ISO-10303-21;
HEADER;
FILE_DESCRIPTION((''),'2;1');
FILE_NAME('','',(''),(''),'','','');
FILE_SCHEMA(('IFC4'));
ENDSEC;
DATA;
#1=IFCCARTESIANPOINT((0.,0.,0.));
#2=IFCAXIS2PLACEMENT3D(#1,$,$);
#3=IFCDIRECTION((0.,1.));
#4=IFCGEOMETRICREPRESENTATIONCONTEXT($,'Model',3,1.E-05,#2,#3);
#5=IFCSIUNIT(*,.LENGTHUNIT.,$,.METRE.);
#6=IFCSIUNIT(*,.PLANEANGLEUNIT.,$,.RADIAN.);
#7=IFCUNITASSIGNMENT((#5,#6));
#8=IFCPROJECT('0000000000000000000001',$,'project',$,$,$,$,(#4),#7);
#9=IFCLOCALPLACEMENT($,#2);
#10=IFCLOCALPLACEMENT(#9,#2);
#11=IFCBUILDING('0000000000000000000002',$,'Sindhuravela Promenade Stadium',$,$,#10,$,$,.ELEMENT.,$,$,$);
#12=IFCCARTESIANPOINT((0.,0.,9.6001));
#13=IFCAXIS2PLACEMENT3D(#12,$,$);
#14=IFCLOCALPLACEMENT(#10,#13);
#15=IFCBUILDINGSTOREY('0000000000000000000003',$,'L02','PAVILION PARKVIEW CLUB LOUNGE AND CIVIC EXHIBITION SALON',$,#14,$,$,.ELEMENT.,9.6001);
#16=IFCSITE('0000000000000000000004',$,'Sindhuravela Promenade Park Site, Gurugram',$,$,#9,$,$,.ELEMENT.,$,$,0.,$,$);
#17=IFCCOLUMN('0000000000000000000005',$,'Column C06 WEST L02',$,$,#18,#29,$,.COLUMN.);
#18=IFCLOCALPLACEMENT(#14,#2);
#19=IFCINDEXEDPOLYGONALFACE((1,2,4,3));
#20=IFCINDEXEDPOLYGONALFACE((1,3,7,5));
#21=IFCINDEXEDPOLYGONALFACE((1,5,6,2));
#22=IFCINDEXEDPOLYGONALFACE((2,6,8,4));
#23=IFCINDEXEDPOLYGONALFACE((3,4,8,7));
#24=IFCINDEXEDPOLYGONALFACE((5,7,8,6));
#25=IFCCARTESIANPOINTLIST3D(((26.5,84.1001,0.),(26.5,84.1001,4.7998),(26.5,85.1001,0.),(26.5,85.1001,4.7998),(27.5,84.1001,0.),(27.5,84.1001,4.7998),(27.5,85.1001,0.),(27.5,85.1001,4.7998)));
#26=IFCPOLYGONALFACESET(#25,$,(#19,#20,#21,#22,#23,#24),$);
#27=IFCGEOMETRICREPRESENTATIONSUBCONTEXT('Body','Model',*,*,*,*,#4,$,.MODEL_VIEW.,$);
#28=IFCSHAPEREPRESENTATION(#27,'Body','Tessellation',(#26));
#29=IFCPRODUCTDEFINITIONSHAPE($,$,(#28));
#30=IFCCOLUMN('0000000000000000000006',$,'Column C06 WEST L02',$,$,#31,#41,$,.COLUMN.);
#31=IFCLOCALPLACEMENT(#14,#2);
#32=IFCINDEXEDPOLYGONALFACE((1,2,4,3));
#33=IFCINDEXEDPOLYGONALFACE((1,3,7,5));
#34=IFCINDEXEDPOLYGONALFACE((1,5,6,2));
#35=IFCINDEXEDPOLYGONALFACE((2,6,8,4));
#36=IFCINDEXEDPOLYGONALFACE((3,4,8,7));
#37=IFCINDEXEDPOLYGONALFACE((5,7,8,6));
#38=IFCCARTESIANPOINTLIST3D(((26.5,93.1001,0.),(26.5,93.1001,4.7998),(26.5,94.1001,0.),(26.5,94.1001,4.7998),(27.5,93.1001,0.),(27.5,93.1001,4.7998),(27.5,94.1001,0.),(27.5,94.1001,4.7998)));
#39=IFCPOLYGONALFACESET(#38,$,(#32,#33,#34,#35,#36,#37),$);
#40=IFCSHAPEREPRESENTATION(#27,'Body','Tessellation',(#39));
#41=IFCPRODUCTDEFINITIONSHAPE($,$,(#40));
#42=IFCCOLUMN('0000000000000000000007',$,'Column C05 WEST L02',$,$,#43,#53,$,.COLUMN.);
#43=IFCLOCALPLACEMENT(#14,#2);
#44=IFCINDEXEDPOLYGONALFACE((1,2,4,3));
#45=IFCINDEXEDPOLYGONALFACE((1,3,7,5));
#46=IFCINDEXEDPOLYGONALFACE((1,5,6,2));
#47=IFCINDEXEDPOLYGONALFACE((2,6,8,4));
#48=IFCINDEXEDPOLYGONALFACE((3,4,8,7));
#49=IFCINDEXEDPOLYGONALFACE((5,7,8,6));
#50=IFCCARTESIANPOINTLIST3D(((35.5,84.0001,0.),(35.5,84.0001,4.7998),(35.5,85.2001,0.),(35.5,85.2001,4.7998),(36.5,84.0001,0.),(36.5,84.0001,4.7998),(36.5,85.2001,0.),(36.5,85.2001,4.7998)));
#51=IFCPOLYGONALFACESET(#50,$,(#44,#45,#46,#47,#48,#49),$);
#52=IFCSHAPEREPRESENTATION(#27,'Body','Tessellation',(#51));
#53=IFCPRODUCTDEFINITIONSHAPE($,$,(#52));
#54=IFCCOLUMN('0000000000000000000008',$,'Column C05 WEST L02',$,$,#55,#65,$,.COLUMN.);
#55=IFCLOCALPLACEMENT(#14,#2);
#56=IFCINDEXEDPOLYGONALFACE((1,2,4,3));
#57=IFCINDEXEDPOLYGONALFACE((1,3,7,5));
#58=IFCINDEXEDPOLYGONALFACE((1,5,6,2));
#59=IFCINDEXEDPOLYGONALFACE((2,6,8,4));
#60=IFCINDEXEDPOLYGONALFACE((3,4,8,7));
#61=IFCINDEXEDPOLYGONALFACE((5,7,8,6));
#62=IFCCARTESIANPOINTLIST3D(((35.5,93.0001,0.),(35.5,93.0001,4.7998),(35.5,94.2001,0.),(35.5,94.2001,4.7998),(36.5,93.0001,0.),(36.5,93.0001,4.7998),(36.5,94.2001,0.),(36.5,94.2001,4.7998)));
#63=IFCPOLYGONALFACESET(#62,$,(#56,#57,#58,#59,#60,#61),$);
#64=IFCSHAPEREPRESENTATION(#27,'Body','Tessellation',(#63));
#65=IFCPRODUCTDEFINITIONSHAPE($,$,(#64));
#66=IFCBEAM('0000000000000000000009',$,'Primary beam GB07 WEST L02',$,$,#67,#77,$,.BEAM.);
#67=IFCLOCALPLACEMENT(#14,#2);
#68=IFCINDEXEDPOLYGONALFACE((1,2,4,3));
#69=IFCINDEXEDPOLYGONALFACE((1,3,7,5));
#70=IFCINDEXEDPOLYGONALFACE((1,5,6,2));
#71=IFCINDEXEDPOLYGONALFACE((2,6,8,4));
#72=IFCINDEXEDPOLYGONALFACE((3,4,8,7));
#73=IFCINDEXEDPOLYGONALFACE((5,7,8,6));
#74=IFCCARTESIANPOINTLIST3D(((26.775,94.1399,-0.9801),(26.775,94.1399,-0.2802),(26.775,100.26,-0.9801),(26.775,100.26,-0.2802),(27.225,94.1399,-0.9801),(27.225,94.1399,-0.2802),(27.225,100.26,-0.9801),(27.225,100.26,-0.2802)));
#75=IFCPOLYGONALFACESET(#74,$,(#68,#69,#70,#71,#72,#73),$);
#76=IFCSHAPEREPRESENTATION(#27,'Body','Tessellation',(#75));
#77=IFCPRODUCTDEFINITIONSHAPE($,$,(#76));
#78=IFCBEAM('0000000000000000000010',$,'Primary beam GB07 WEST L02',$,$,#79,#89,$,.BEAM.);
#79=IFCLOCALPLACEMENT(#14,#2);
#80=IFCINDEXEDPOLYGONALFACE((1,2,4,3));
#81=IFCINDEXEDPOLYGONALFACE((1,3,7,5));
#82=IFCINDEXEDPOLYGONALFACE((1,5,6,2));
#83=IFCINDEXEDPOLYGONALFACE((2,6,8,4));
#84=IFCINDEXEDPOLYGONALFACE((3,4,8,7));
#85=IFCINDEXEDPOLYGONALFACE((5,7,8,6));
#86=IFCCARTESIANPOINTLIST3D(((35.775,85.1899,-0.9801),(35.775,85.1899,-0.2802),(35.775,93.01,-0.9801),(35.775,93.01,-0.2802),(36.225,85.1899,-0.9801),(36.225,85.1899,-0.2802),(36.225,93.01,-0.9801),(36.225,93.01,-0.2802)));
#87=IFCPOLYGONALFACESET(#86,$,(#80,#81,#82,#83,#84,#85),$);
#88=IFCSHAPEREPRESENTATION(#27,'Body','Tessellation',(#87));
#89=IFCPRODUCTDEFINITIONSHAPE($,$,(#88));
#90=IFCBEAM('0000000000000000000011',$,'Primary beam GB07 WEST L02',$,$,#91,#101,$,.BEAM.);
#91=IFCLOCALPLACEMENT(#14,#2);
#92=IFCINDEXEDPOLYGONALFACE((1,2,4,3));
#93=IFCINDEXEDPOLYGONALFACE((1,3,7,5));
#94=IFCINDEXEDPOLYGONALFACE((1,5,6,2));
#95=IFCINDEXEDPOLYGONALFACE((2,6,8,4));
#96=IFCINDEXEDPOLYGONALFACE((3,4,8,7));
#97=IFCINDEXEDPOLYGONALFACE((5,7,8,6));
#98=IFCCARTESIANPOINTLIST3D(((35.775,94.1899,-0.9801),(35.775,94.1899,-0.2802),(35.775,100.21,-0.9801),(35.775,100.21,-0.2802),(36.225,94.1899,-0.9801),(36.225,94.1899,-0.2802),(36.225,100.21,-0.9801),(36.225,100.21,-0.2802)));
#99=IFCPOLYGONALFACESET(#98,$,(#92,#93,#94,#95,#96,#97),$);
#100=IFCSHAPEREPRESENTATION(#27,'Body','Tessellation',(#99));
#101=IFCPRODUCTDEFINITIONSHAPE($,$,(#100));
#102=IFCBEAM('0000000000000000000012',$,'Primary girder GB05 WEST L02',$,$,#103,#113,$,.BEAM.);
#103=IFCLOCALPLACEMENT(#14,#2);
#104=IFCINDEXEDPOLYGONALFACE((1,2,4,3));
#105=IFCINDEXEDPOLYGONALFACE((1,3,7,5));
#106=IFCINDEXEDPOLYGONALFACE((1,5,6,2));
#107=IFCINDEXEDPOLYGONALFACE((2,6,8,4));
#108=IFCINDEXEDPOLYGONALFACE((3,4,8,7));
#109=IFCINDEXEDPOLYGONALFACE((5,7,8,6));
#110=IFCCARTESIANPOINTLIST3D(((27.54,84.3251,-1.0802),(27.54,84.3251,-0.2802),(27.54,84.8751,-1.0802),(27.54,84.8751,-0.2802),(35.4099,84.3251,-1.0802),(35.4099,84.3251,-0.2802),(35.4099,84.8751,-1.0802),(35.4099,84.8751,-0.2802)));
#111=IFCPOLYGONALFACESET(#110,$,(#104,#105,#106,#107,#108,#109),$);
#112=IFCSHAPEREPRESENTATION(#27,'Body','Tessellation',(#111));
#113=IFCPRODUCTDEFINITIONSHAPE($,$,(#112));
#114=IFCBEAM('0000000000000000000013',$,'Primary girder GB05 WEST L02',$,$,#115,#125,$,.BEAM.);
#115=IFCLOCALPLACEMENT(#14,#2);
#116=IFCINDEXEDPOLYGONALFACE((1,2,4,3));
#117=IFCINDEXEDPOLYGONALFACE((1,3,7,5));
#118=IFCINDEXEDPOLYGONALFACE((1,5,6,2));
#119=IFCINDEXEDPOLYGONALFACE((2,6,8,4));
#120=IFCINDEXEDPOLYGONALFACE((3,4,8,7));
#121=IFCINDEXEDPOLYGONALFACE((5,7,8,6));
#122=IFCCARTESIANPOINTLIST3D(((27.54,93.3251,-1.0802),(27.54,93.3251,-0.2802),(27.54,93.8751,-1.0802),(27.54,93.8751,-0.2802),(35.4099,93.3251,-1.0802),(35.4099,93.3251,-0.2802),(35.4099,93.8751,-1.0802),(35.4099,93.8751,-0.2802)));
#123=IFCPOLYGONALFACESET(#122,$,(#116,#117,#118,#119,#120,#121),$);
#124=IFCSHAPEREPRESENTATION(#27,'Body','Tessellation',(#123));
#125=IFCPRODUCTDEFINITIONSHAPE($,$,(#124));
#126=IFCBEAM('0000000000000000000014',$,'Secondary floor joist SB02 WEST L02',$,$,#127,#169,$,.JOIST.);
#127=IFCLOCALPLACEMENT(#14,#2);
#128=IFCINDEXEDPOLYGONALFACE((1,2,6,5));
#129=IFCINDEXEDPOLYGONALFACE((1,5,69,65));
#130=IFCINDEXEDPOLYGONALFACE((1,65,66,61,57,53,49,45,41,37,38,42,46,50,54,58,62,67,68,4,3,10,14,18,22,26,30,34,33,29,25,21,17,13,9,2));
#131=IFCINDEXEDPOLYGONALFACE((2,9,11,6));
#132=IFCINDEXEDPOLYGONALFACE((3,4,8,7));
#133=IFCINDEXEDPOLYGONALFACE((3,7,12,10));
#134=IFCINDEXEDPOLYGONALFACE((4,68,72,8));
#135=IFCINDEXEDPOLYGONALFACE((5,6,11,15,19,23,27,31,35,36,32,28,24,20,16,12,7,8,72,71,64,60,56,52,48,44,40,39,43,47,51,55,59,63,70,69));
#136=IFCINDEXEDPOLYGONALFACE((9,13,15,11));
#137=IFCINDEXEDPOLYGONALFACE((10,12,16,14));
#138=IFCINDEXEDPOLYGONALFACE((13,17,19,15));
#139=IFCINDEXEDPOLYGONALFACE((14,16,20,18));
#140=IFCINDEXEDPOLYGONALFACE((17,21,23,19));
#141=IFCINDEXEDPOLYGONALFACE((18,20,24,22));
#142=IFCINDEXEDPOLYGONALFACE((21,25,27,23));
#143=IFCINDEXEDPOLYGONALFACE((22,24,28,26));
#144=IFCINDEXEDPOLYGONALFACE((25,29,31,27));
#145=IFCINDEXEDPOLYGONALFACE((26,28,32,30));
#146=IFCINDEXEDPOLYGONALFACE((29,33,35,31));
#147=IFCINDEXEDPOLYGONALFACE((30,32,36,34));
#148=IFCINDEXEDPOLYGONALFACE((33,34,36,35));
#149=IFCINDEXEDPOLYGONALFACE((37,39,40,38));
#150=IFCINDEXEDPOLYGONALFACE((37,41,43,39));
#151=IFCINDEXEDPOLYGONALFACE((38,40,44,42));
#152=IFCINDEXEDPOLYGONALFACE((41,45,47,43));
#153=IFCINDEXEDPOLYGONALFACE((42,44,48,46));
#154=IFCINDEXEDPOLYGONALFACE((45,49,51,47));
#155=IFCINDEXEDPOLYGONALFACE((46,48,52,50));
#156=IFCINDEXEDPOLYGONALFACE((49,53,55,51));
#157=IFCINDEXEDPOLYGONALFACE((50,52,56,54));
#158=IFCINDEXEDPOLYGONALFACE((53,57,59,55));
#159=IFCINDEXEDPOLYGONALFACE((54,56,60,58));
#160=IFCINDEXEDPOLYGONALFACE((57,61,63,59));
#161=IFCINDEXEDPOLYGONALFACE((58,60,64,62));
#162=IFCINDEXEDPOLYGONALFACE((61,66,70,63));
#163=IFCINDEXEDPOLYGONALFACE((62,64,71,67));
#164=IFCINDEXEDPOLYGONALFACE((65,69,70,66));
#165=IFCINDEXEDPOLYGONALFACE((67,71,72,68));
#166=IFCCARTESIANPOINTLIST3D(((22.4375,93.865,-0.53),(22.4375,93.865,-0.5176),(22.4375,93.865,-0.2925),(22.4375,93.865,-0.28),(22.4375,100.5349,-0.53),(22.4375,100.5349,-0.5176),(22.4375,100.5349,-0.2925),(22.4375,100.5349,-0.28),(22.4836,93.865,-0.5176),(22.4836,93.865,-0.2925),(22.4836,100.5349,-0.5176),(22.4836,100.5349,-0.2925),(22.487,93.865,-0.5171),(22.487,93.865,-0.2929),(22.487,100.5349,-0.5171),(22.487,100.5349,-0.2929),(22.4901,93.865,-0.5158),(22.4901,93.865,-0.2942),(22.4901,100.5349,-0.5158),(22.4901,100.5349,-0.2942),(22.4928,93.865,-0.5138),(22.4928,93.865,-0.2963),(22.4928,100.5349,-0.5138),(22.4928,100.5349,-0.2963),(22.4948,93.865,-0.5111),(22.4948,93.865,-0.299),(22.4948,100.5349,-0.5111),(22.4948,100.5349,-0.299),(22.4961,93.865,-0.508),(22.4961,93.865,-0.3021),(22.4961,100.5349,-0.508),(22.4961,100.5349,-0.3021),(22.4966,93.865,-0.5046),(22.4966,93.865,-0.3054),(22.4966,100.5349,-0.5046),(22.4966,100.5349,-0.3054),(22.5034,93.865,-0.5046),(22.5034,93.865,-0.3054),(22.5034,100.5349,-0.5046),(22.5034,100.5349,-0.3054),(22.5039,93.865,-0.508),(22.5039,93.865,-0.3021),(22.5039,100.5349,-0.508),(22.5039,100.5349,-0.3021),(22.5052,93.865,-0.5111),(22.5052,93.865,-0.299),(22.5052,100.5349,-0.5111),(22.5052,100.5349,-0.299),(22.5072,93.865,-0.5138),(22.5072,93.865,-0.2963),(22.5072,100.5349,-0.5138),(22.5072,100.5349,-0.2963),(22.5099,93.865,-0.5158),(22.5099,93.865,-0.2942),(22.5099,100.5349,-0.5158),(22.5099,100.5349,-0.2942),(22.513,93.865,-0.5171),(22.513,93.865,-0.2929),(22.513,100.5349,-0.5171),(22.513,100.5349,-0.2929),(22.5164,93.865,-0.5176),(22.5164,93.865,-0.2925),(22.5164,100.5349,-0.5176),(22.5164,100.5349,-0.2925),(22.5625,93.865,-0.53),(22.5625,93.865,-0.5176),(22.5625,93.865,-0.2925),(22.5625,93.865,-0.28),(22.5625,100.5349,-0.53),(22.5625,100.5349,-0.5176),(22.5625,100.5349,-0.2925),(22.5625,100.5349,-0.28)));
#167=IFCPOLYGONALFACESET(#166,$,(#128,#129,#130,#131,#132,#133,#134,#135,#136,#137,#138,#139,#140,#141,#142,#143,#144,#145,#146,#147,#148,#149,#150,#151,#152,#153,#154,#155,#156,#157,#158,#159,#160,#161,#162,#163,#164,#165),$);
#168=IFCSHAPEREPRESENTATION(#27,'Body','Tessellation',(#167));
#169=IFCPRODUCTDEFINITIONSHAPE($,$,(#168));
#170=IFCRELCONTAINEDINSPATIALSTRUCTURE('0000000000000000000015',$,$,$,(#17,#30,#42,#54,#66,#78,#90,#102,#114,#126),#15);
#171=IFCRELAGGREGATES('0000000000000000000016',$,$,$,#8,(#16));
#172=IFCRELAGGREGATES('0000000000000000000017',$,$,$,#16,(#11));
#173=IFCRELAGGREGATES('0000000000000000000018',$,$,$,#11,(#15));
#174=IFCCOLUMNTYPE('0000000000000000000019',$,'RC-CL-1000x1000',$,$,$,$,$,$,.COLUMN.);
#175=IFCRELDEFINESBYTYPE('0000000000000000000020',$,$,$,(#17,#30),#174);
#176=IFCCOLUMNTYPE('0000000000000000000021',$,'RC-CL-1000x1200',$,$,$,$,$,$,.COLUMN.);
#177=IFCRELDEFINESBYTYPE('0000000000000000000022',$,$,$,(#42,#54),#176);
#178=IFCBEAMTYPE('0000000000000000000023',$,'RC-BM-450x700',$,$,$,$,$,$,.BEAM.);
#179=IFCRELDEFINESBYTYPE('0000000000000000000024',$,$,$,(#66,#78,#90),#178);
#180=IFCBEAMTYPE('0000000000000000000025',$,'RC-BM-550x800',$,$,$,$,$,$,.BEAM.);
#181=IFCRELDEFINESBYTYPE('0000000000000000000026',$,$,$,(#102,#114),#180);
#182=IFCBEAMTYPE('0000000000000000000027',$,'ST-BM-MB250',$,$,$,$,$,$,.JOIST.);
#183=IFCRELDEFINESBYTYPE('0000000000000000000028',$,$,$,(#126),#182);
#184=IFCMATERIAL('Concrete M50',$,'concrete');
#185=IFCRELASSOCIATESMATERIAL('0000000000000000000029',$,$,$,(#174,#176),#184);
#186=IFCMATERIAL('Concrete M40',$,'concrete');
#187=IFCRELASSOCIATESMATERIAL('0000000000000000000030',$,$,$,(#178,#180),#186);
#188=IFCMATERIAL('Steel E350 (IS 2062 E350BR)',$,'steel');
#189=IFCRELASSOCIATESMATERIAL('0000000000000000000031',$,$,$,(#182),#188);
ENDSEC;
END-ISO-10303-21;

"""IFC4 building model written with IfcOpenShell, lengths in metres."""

from ifc_helpers import new_model, si_unit, direction, frame, origin, origin_2d, place, context, subcontext, project, spatial, rectangle, i_section, extrude, material, material_profile, profile_set, type_object, element, save


model = new_model("IFC4")

# Units and contexts
model_context = context("Model", 3, precision=1e-05, world=origin(), true_north=direction((0.0, 1.0)))
body_context = subcontext(model_context, "Body", "Model", "MODEL_VIEW")
ifc_project = project(units=[si_unit("LENGTHUNIT", "METRE"), si_unit("PLANEANGLEUNIT", "RADIAN")], contexts=[model_context])

# Site, building, storey
site_placement = place(None, origin())
site = spatial("IfcSite", under=ifc_project, at=site_placement, Name="Sindhuravela Promenade Park Site, Gurugram", CompositionType="ELEMENT", RefElevation=0.0)
building_placement = place(site_placement, origin())
building = spatial("IfcBuilding", under=site, at=building_placement, Name="Sindhuravela Promenade Stadium", CompositionType="ELEMENT")
storey_placement = place(building_placement, frame((0.0, 0.0, 9.6001)))
storey = spatial("IfcBuildingStorey", under=building, at=storey_placement, Name="L02", Description="PAVILION PARKVIEW CLUB LOUNGE AND CIVIC EXHIBITION SALON", CompositionType="ELEMENT", Elevation=9.6001)

# Columns
ifc_material_1 = material(Name="Concrete M50", Category="concrete")
ifc_material_profile_1 = material_profile(ifc_material_1, rectangle(XDim=1.0, YDim=1.0, at=origin_2d()), Name="RC 1000x1000")
ifc_profile_set_1 = profile_set([ifc_material_profile_1], Name="Concrete M50")
column_type_1 = type_object("IfcColumnType", Name="RC-CL-1000x1000", PredefinedType="COLUMN", material=ifc_profile_set_1)
for number, where, z_axis, x_axis, name in (
    (1, (27.0, 84.6001, 0.0), (0.0, 0.0, 1.0), (1.0, 0.0, 0.0), "Column C06 WEST L02"),
    (2, (27.0, 93.6001, 0.0), (0.0, 0.0, 1.0), (1.0, 0.0, 0.0), "Column C06 WEST L02"),
):
    element("IfcColumn", number, at=place(storey_placement, frame(where, z_axis=z_axis, x_axis=x_axis)), inside=storey, type_object=column_type_1, Name=name, PredefinedType="COLUMN", context=body_context, shape_type="SweptSolid", body=[
        extrude(rectangle(XDim=1.0, YDim=1.0, at=origin_2d()), origin(), (0.0, 0.0, 1.0), 4.7998),
    ])
ifc_material_profile_2 = material_profile(ifc_material_1, rectangle(XDim=1.0, YDim=1.2, at=origin_2d()), Name="RC 1000x1200")
ifc_profile_set_2 = profile_set([ifc_material_profile_2], Name="Concrete M50")
column_type_2 = type_object("IfcColumnType", Name="RC-CL-1000x1200", PredefinedType="COLUMN", material=ifc_profile_set_2)
for number, where, z_axis, x_axis, name in (
    (3, (36.0, 84.6001, 0.0), (0.0, 0.0, 1.0), (1.0, 0.0, 0.0), "Column C05 WEST L02"),
    (4, (36.0, 93.6001, 0.0), (0.0, 0.0, 1.0), (1.0, 0.0, 0.0), "Column C05 WEST L02"),
):
    element("IfcColumn", number, at=place(storey_placement, frame(where, z_axis=z_axis, x_axis=x_axis)), inside=storey, type_object=column_type_2, Name=name, PredefinedType="COLUMN", context=body_context, shape_type="SweptSolid", body=[
        extrude(rectangle(XDim=1.0, YDim=1.2, at=origin_2d()), origin(), (0.0, 0.0, 1.0), 4.7998),
    ])

# Beams
ifc_material_2 = material(Name="Concrete M40", Category="concrete")
ifc_material_profile_3 = material_profile(ifc_material_2, rectangle(XDim=0.45, YDim=0.7, at=origin_2d()), Name="RC 450x700")
ifc_profile_set_3 = profile_set([ifc_material_profile_3], Name="Concrete M40")
beam_type_1 = type_object("IfcBeamType", Name="RC-BM-450x700", PredefinedType="BEAM", material=ifc_profile_set_3)
beam_1_placement = place(storey_placement, frame((27.0, 94.1399, -0.6301), z_axis=(0.0, 1.0, 0.0), x_axis=(-1.0, 0.0, 0.0)))
element("IfcBeam", 5, at=beam_1_placement, inside=storey, type_object=beam_type_1, Name="Primary beam GB07 WEST L02", PredefinedType="BEAM", context=body_context, shape_type="SweptSolid", body=[
    extrude(rectangle(XDim=0.45, YDim=0.7, at=origin_2d()), origin(), (0.0, 0.0, 1.0), 6.1201),
])
beam_2_placement = place(storey_placement, frame((36.0, 85.1899, -0.6301), z_axis=(0.0, 1.0, 0.0), x_axis=(-1.0, 0.0, 0.0)))
element("IfcBeam", 6, at=beam_2_placement, inside=storey, type_object=beam_type_1, Name="Primary beam GB07 WEST L02", PredefinedType="BEAM", context=body_context, shape_type="SweptSolid", body=[
    extrude(rectangle(XDim=0.45, YDim=0.7, at=origin_2d()), origin(), (0.0, 0.0, 1.0), 7.8201),
])
beam_3_placement = place(storey_placement, frame((36.0, 94.1899, -0.6301), z_axis=(0.0, 1.0, 0.0), x_axis=(-1.0, 0.0, 0.0)))
element("IfcBeam", 7, at=beam_3_placement, inside=storey, type_object=beam_type_1, Name="Primary beam GB07 WEST L02", PredefinedType="BEAM", context=body_context, shape_type="SweptSolid", body=[
    extrude(rectangle(XDim=0.45, YDim=0.7, at=origin_2d()), origin(), (0.0, 0.0, 1.0), 6.02),
])
ifc_material_profile_4 = material_profile(ifc_material_2, rectangle(XDim=0.55, YDim=0.8, at=origin_2d()), Name="RC 550x800")
ifc_profile_set_4 = profile_set([ifc_material_profile_4], Name="Concrete M40")
beam_type_2 = type_object("IfcBeamType", Name="RC-BM-550x800", PredefinedType="BEAM", material=ifc_profile_set_4)
for number, where, z_axis, x_axis, name in (
    (8, (27.54, 84.6001, -0.6802), (1.0, 0.0, 0.0), (0.0, 1.0, 0.0), "Primary girder GB05 WEST L02"),
    (9, (27.54, 93.6001, -0.6802), (1.0, 0.0, 0.0), (0.0, 1.0, 0.0), "Primary girder GB05 WEST L02"),
):
    element("IfcBeam", number, at=place(storey_placement, frame(where, z_axis=z_axis, x_axis=x_axis)), inside=storey, type_object=beam_type_2, Name=name, PredefinedType="BEAM", context=body_context, shape_type="SweptSolid", body=[
        extrude(rectangle(XDim=0.55, YDim=0.8, at=origin_2d()), origin(), (0.0, 0.0, 1.0), 7.8699),
    ])
ifc_material_3 = material(Name="Steel E350 (IS 2062 E350BR)", Category="steel")
ifc_material_profile_5 = material_profile(ifc_material_3, i_section(OverallWidth=0.125, OverallDepth=0.25, WebThickness=0.0068, FlangeThickness=0.0125, FilletRadius=0.0129, at=origin_2d()), Name="ISMB 250")
ifc_profile_set_5 = profile_set([ifc_material_profile_5], Name="Steel E350 (IS 2062 E350BR)")
beam_type_3 = type_object("IfcBeamType", Name="ST-BM-MB250", PredefinedType="JOIST", material=ifc_profile_set_5)
beam_4_placement = place(storey_placement, frame((22.5, 93.865, -0.405), z_axis=(0.0, 1.0, 0.0), x_axis=(-1.0, 0.0, 0.0)))
element("IfcBeam", 10, at=beam_4_placement, inside=storey, type_object=beam_type_3, Name="Secondary floor joist SB02 WEST L02", PredefinedType="JOIST", context=body_context, shape_type="SweptSolid", body=[
    extrude(i_section(OverallWidth=0.125, OverallDepth=0.25, WebThickness=0.0068, FlangeThickness=0.0125, FilletRadius=0.0129, at=origin_2d()), origin(), (0.0, 0.0, 1.0), 6.6699),
])

save(model, "model.ifc")
